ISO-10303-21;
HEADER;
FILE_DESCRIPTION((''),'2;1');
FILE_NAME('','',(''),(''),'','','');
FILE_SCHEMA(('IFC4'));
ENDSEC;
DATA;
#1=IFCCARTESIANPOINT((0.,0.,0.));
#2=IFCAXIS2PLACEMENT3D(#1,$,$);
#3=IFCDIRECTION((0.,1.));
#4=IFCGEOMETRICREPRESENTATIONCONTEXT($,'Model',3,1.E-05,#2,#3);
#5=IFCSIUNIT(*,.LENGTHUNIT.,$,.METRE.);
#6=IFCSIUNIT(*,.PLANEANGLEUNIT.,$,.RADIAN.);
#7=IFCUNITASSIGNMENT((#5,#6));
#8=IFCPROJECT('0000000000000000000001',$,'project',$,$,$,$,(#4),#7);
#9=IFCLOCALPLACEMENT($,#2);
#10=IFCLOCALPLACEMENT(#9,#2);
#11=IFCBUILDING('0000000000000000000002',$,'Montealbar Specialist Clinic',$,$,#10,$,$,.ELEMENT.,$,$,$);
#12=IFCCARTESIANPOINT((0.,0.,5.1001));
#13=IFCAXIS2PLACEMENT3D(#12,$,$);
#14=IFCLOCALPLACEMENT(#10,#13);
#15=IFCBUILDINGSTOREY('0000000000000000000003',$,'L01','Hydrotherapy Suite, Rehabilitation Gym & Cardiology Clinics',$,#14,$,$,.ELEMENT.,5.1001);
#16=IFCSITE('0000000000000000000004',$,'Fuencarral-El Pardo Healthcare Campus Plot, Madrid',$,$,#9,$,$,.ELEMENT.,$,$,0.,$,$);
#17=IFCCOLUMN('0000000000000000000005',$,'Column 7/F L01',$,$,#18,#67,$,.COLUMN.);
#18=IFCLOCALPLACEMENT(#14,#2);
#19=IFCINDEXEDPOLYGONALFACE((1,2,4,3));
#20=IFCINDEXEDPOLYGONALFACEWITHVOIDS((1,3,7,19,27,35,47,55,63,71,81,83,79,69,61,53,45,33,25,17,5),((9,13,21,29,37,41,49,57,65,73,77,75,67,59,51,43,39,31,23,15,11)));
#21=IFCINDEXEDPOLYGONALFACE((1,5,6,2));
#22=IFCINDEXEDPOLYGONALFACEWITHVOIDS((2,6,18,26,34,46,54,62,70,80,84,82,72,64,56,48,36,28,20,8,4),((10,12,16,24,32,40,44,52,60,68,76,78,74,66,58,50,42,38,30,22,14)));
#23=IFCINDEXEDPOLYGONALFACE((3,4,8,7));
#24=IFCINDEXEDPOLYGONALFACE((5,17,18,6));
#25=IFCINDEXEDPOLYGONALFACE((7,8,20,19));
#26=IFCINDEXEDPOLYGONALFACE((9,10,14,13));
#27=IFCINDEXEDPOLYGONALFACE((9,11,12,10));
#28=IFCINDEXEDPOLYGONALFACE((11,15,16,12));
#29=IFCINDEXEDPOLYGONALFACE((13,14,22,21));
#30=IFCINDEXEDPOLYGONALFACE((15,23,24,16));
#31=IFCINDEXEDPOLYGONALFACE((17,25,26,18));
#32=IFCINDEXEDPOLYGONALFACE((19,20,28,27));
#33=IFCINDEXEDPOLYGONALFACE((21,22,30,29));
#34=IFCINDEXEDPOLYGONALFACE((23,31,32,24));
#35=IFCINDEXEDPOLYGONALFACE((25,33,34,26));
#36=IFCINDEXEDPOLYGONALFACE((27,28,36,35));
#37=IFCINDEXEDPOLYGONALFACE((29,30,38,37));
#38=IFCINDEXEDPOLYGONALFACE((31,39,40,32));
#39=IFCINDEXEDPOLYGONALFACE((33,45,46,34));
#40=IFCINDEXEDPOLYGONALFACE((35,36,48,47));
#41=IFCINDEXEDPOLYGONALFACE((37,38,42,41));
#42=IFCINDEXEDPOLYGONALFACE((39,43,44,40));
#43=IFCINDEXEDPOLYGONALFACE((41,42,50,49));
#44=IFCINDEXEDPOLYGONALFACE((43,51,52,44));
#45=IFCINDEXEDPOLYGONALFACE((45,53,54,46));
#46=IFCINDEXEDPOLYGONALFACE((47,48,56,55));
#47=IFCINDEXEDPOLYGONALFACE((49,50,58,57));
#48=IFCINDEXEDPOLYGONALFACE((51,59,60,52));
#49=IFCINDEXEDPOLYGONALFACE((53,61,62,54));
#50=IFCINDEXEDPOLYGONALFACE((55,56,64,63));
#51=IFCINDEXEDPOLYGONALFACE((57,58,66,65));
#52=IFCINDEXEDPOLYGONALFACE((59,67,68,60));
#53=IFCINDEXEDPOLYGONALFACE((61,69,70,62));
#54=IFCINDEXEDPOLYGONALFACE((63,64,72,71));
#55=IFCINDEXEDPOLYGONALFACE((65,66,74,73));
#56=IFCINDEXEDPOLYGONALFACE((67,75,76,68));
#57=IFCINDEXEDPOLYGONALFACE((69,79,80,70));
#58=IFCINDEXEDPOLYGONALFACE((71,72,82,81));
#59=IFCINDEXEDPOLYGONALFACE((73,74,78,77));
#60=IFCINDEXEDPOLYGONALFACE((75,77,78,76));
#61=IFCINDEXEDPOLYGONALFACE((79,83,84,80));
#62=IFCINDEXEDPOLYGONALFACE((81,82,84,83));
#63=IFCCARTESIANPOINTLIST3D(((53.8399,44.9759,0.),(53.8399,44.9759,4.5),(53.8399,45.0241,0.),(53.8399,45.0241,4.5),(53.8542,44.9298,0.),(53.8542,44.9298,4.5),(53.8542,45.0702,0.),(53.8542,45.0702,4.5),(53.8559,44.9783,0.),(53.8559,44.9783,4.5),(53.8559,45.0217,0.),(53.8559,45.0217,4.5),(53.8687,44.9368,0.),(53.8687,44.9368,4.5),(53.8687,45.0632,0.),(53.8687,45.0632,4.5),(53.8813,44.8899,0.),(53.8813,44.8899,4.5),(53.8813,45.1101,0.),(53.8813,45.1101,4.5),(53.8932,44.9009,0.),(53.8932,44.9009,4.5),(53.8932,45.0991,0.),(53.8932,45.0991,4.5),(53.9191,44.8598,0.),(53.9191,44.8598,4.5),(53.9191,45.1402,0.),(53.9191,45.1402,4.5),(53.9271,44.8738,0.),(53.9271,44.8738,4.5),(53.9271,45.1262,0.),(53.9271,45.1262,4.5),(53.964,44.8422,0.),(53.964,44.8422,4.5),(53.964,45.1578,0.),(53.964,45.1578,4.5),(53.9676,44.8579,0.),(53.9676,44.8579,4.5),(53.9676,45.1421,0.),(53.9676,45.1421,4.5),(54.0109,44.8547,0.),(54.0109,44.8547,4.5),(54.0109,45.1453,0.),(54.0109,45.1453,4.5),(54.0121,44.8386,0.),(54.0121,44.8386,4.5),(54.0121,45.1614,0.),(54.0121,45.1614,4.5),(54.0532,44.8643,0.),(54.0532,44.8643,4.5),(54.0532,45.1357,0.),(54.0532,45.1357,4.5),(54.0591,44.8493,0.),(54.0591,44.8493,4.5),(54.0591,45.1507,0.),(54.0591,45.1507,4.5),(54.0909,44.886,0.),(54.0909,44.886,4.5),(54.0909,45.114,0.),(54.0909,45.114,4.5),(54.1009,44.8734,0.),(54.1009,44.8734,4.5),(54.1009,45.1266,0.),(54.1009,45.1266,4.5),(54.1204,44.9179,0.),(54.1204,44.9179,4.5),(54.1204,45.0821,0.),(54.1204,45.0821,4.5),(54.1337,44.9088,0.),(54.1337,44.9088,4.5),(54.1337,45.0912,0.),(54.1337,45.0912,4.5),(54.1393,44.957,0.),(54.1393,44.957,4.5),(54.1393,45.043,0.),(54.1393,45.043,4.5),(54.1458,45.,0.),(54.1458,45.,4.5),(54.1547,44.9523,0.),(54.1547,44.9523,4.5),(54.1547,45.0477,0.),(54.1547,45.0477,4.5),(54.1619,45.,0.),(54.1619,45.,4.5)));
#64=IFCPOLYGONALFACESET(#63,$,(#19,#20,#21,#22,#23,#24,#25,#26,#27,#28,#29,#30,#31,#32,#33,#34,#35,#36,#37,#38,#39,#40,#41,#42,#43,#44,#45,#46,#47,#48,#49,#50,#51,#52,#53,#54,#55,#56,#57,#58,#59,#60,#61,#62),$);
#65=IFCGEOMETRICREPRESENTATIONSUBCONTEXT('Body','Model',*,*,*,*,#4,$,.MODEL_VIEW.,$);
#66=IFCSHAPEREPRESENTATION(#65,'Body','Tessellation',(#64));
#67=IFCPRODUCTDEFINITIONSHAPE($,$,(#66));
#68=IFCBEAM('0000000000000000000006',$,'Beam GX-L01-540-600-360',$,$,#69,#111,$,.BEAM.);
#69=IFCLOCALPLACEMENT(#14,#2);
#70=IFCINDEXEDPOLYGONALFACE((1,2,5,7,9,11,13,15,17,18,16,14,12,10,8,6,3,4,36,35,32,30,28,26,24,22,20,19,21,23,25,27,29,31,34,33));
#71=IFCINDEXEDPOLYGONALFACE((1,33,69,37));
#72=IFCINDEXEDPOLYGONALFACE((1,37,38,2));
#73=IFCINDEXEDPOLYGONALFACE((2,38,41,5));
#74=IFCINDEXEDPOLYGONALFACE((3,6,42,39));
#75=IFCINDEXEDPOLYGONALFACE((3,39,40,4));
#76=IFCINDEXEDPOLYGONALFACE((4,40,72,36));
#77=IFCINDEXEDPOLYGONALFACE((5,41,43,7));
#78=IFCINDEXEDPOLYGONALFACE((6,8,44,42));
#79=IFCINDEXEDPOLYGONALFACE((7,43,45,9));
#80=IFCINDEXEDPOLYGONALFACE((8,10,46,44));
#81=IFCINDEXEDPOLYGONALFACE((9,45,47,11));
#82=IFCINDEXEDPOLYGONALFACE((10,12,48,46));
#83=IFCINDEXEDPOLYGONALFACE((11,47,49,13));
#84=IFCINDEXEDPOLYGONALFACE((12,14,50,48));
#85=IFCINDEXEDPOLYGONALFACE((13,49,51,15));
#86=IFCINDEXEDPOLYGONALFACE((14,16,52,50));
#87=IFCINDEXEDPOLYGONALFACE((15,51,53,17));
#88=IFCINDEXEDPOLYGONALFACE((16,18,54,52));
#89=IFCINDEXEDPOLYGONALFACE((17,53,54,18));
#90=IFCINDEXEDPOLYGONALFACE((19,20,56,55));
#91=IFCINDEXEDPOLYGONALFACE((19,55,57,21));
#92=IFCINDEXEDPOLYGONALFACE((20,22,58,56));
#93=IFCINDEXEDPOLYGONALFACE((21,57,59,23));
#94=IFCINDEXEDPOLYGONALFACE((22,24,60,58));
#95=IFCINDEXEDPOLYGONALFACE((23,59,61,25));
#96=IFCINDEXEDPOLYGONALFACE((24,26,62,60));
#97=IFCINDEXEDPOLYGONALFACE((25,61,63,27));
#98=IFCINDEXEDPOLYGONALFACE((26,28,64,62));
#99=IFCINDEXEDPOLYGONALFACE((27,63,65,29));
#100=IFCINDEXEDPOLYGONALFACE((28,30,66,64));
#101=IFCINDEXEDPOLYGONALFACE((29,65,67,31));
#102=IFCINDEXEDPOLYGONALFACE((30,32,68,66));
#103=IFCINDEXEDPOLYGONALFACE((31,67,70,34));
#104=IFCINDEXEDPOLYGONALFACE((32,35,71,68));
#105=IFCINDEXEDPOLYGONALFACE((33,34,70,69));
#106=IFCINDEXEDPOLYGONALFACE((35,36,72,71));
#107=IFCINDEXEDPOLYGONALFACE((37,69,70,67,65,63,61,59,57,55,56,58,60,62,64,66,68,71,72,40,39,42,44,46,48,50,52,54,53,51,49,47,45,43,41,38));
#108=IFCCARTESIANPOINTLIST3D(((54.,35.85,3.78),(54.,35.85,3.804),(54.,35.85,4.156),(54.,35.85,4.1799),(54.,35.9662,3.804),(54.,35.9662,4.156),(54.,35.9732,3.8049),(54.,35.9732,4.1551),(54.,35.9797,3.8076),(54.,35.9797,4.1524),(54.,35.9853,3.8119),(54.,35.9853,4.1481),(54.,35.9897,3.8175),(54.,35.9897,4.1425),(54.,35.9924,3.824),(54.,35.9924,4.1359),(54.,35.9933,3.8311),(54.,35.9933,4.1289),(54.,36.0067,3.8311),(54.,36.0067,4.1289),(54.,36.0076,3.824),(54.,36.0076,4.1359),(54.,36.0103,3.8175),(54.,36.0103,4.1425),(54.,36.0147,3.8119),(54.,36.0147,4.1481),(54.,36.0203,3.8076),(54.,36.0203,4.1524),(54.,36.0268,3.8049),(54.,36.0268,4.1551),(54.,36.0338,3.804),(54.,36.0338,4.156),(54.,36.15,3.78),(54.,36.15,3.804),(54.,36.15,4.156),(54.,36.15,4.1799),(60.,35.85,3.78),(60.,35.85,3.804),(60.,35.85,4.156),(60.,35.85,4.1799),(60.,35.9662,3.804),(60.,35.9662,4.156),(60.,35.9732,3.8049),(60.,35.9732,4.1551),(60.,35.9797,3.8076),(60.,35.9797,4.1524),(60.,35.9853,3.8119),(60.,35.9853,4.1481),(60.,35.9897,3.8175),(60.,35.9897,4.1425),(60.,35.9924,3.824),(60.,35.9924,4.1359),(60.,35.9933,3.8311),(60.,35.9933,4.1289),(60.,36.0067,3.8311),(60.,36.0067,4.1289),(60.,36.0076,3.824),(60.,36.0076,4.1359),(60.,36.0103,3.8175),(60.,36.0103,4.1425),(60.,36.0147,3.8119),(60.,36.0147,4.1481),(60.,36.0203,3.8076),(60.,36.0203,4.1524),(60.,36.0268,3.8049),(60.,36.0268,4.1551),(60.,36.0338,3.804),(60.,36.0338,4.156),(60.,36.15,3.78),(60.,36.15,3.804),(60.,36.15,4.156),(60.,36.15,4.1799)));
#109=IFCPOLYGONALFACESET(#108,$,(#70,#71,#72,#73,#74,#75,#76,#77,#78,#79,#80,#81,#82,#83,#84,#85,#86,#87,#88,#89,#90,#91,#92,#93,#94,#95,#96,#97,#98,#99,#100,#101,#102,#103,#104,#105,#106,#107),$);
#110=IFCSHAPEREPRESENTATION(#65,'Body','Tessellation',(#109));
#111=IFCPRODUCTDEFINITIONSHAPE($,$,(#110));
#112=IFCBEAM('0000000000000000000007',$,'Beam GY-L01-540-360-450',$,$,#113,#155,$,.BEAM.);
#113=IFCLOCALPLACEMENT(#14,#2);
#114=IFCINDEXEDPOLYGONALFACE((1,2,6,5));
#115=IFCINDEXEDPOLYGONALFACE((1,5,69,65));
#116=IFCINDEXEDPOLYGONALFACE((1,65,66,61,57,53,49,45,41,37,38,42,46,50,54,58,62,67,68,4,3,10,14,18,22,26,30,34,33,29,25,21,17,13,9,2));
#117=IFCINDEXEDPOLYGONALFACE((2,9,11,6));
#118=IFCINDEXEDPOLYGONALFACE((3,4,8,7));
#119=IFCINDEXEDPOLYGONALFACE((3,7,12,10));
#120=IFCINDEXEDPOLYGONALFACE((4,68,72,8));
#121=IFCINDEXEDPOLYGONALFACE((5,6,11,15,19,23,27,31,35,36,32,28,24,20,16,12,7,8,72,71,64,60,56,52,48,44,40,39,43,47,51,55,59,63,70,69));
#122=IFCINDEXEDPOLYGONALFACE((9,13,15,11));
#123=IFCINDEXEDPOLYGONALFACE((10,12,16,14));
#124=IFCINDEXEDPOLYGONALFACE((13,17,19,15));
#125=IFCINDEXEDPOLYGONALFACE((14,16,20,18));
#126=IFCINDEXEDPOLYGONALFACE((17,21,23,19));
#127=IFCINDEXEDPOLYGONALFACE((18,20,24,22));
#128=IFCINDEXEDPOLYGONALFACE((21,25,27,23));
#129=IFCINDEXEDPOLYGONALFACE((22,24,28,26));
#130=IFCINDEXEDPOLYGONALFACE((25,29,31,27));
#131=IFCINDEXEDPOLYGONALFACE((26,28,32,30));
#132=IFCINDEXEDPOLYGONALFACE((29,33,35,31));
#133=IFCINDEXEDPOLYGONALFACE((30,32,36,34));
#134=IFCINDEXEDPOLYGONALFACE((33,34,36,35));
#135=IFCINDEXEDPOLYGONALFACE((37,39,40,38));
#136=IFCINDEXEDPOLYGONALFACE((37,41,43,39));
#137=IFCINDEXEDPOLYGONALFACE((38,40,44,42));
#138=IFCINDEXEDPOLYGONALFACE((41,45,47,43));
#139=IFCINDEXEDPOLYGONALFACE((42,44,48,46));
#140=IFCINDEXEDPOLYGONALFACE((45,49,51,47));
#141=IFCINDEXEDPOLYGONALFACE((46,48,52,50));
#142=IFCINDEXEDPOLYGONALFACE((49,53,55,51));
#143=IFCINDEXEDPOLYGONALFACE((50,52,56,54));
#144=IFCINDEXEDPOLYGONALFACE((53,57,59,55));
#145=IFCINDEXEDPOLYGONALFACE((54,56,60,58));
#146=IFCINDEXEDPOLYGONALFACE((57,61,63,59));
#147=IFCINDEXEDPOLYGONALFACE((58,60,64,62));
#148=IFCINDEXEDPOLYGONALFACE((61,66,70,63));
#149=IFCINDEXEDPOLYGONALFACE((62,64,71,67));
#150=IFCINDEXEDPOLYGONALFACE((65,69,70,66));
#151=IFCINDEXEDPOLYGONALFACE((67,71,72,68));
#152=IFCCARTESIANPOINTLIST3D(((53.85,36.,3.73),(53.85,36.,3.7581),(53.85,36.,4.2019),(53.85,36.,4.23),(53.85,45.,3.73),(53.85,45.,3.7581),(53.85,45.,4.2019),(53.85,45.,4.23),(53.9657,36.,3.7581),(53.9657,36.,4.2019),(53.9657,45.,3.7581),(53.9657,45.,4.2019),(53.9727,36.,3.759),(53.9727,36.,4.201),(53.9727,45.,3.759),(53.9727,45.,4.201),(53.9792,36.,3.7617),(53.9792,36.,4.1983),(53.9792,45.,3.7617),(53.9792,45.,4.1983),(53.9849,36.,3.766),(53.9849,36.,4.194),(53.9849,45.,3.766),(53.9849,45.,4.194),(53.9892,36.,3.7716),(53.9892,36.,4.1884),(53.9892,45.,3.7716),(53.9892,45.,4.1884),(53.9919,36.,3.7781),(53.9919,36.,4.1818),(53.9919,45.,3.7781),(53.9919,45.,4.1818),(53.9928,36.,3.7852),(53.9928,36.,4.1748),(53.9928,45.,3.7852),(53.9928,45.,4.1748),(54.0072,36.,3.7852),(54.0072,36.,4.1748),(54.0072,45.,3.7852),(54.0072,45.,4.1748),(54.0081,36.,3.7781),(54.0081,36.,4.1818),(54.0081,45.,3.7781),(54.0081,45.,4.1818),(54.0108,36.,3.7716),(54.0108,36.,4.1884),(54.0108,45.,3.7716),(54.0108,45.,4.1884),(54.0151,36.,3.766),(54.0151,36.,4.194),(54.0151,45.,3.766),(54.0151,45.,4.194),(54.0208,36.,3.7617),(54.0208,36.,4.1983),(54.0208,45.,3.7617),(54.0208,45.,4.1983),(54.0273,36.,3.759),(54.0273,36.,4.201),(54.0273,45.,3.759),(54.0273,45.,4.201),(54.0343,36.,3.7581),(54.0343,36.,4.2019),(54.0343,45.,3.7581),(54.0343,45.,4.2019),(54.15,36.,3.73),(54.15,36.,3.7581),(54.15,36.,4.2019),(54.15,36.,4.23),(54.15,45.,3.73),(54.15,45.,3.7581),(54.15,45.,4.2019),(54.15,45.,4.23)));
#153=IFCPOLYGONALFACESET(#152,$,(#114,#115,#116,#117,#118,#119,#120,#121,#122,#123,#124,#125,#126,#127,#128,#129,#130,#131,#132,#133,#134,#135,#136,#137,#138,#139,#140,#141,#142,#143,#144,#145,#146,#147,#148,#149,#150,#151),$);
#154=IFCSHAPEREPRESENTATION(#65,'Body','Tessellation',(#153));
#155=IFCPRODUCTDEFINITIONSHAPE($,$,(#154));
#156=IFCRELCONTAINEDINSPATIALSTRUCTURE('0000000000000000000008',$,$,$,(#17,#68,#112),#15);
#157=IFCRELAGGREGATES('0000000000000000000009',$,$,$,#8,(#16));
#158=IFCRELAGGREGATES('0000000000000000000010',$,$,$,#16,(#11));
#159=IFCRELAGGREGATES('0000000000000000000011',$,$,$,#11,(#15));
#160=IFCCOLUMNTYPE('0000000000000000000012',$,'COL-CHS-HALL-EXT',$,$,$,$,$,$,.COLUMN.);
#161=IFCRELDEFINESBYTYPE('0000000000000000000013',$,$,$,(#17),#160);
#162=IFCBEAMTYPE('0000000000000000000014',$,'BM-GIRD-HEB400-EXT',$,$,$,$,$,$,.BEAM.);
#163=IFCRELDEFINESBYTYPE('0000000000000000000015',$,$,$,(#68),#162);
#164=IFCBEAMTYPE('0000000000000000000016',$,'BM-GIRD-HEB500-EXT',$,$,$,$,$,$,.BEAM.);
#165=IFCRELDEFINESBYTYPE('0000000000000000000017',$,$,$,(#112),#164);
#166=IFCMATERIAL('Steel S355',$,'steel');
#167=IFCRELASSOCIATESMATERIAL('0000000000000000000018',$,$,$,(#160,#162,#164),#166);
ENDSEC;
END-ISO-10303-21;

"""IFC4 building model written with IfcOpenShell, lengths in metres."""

from ifc_helpers import new_model, si_unit, direction, frame, origin, origin_2d, place, context, subcontext, project, spatial, hollow_circle, i_section, extrude, material, material_profile, profile_set, type_object, element, save


model = new_model("IFC4")

# Units and contexts
model_context = context("Model", 3, precision=1e-05, world=origin(), true_north=direction((0.0, 1.0)))
body_context = subcontext(model_context, "Body", "Model", "MODEL_VIEW")
ifc_project = project(units=[si_unit("LENGTHUNIT", "METRE"), si_unit("PLANEANGLEUNIT", "RADIAN")], contexts=[model_context])

# Site, building, storey
site_placement = place(None, origin())
site = spatial("IfcSite", under=ifc_project, at=site_placement, Name="Fuencarral-El Pardo Healthcare Campus Plot, Madrid", CompositionType="ELEMENT", RefElevation=0.0)
building_placement = place(site_placement, origin())
building = spatial("IfcBuilding", under=site, at=building_placement, Name="Montealbar Specialist Clinic", CompositionType="ELEMENT")
storey_placement = place(building_placement, frame((0.0, 0.0, 5.1001)))
storey = spatial("IfcBuildingStorey", under=building, at=storey_placement, Name="L01", Description="Hydrotherapy Suite, Rehabilitation Gym & Cardiology Clinics", CompositionType="ELEMENT", Elevation=5.1001)

# Column
ifc_material_1 = material(Name="Steel S355", Category="steel")
ifc_material_profile_1 = material_profile(ifc_material_1, hollow_circle(Radius=0.1619, WallThickness=0.0161, at=origin_2d()), Name="CHS 323.9x16.0", Category="steel")
ifc_profile_set_1 = profile_set([ifc_material_profile_1], Name="Steel S355")
column_type = type_object("IfcColumnType", Name="COL-CHS-HALL-EXT", PredefinedType="COLUMN", material=ifc_profile_set_1)
column_placement = place(storey_placement, frame((54.0, 45.0, 0.0), z_axis=(0.0, 0.0, 1.0), x_axis=(1.0, 0.0, 0.0)))
element("IfcColumn", 1, at=column_placement, inside=storey, type_object=column_type, Name="Column 7/F L01", PredefinedType="COLUMN", context=body_context, shape_type="SweptSolid", body=[
    extrude(hollow_circle(Radius=0.1619, WallThickness=0.0161, at=origin_2d()), origin(), (0.0, 0.0, 1.0), 4.5),
])

# Beams
ifc_material_profile_2 = material_profile(ifc_material_1, i_section(OverallWidth=0.3, OverallDepth=0.3999, WebThickness=0.0134, FlangeThickness=0.0239, FilletRadius=0.0271, at=origin_2d()), Name="HEB 400", Category="steel")
ifc_profile_set_2 = profile_set([ifc_material_profile_2], Name="Steel S355")
beam_type_1 = type_object("IfcBeamType", Name="BM-GIRD-HEB400-EXT", PredefinedType="BEAM", material=ifc_profile_set_2)
beam_1_placement = place(storey_placement, frame((54.0, 36.0, 3.98), z_axis=(1.0, 0.0, 0.0), x_axis=(0.0, 1.0, 0.0)))
element("IfcBeam", 2, at=beam_1_placement, inside=storey, type_object=beam_type_1, Name="Beam GX-L01-540-600-360", PredefinedType="BEAM", context=body_context, shape_type="SweptSolid", body=[
    extrude(i_section(OverallWidth=0.3, OverallDepth=0.3999, WebThickness=0.0134, FlangeThickness=0.0239, FilletRadius=0.0271, at=origin_2d()), origin(), (0.0, 0.0, 1.0), 6.0),
])
ifc_material_profile_3 = material_profile(ifc_material_1, i_section(OverallWidth=0.3, OverallDepth=0.5, WebThickness=0.0144, FlangeThickness=0.0281, FilletRadius=0.0271, at=origin_2d()), Name="HEB 500", Category="steel")
ifc_profile_set_3 = profile_set([ifc_material_profile_3], Name="Steel S355")
beam_type_2 = type_object("IfcBeamType", Name="BM-GIRD-HEB500-EXT", PredefinedType="BEAM", material=ifc_profile_set_3)
beam_2_placement = place(storey_placement, frame((54.0, 36.0, 3.98), z_axis=(0.0, 1.0, 0.0), x_axis=(-1.0, 0.0, 0.0)))
element("IfcBeam", 3, at=beam_2_placement, inside=storey, type_object=beam_type_2, Name="Beam GY-L01-540-360-450", PredefinedType="BEAM", context=body_context, shape_type="SweptSolid", body=[
    extrude(i_section(OverallWidth=0.3, OverallDepth=0.5, WebThickness=0.0144, FlangeThickness=0.0281, FilletRadius=0.0271, at=origin_2d()), origin(), (0.0, 0.0, 1.0), 9.0),
])

save(model, "model.ifc")
